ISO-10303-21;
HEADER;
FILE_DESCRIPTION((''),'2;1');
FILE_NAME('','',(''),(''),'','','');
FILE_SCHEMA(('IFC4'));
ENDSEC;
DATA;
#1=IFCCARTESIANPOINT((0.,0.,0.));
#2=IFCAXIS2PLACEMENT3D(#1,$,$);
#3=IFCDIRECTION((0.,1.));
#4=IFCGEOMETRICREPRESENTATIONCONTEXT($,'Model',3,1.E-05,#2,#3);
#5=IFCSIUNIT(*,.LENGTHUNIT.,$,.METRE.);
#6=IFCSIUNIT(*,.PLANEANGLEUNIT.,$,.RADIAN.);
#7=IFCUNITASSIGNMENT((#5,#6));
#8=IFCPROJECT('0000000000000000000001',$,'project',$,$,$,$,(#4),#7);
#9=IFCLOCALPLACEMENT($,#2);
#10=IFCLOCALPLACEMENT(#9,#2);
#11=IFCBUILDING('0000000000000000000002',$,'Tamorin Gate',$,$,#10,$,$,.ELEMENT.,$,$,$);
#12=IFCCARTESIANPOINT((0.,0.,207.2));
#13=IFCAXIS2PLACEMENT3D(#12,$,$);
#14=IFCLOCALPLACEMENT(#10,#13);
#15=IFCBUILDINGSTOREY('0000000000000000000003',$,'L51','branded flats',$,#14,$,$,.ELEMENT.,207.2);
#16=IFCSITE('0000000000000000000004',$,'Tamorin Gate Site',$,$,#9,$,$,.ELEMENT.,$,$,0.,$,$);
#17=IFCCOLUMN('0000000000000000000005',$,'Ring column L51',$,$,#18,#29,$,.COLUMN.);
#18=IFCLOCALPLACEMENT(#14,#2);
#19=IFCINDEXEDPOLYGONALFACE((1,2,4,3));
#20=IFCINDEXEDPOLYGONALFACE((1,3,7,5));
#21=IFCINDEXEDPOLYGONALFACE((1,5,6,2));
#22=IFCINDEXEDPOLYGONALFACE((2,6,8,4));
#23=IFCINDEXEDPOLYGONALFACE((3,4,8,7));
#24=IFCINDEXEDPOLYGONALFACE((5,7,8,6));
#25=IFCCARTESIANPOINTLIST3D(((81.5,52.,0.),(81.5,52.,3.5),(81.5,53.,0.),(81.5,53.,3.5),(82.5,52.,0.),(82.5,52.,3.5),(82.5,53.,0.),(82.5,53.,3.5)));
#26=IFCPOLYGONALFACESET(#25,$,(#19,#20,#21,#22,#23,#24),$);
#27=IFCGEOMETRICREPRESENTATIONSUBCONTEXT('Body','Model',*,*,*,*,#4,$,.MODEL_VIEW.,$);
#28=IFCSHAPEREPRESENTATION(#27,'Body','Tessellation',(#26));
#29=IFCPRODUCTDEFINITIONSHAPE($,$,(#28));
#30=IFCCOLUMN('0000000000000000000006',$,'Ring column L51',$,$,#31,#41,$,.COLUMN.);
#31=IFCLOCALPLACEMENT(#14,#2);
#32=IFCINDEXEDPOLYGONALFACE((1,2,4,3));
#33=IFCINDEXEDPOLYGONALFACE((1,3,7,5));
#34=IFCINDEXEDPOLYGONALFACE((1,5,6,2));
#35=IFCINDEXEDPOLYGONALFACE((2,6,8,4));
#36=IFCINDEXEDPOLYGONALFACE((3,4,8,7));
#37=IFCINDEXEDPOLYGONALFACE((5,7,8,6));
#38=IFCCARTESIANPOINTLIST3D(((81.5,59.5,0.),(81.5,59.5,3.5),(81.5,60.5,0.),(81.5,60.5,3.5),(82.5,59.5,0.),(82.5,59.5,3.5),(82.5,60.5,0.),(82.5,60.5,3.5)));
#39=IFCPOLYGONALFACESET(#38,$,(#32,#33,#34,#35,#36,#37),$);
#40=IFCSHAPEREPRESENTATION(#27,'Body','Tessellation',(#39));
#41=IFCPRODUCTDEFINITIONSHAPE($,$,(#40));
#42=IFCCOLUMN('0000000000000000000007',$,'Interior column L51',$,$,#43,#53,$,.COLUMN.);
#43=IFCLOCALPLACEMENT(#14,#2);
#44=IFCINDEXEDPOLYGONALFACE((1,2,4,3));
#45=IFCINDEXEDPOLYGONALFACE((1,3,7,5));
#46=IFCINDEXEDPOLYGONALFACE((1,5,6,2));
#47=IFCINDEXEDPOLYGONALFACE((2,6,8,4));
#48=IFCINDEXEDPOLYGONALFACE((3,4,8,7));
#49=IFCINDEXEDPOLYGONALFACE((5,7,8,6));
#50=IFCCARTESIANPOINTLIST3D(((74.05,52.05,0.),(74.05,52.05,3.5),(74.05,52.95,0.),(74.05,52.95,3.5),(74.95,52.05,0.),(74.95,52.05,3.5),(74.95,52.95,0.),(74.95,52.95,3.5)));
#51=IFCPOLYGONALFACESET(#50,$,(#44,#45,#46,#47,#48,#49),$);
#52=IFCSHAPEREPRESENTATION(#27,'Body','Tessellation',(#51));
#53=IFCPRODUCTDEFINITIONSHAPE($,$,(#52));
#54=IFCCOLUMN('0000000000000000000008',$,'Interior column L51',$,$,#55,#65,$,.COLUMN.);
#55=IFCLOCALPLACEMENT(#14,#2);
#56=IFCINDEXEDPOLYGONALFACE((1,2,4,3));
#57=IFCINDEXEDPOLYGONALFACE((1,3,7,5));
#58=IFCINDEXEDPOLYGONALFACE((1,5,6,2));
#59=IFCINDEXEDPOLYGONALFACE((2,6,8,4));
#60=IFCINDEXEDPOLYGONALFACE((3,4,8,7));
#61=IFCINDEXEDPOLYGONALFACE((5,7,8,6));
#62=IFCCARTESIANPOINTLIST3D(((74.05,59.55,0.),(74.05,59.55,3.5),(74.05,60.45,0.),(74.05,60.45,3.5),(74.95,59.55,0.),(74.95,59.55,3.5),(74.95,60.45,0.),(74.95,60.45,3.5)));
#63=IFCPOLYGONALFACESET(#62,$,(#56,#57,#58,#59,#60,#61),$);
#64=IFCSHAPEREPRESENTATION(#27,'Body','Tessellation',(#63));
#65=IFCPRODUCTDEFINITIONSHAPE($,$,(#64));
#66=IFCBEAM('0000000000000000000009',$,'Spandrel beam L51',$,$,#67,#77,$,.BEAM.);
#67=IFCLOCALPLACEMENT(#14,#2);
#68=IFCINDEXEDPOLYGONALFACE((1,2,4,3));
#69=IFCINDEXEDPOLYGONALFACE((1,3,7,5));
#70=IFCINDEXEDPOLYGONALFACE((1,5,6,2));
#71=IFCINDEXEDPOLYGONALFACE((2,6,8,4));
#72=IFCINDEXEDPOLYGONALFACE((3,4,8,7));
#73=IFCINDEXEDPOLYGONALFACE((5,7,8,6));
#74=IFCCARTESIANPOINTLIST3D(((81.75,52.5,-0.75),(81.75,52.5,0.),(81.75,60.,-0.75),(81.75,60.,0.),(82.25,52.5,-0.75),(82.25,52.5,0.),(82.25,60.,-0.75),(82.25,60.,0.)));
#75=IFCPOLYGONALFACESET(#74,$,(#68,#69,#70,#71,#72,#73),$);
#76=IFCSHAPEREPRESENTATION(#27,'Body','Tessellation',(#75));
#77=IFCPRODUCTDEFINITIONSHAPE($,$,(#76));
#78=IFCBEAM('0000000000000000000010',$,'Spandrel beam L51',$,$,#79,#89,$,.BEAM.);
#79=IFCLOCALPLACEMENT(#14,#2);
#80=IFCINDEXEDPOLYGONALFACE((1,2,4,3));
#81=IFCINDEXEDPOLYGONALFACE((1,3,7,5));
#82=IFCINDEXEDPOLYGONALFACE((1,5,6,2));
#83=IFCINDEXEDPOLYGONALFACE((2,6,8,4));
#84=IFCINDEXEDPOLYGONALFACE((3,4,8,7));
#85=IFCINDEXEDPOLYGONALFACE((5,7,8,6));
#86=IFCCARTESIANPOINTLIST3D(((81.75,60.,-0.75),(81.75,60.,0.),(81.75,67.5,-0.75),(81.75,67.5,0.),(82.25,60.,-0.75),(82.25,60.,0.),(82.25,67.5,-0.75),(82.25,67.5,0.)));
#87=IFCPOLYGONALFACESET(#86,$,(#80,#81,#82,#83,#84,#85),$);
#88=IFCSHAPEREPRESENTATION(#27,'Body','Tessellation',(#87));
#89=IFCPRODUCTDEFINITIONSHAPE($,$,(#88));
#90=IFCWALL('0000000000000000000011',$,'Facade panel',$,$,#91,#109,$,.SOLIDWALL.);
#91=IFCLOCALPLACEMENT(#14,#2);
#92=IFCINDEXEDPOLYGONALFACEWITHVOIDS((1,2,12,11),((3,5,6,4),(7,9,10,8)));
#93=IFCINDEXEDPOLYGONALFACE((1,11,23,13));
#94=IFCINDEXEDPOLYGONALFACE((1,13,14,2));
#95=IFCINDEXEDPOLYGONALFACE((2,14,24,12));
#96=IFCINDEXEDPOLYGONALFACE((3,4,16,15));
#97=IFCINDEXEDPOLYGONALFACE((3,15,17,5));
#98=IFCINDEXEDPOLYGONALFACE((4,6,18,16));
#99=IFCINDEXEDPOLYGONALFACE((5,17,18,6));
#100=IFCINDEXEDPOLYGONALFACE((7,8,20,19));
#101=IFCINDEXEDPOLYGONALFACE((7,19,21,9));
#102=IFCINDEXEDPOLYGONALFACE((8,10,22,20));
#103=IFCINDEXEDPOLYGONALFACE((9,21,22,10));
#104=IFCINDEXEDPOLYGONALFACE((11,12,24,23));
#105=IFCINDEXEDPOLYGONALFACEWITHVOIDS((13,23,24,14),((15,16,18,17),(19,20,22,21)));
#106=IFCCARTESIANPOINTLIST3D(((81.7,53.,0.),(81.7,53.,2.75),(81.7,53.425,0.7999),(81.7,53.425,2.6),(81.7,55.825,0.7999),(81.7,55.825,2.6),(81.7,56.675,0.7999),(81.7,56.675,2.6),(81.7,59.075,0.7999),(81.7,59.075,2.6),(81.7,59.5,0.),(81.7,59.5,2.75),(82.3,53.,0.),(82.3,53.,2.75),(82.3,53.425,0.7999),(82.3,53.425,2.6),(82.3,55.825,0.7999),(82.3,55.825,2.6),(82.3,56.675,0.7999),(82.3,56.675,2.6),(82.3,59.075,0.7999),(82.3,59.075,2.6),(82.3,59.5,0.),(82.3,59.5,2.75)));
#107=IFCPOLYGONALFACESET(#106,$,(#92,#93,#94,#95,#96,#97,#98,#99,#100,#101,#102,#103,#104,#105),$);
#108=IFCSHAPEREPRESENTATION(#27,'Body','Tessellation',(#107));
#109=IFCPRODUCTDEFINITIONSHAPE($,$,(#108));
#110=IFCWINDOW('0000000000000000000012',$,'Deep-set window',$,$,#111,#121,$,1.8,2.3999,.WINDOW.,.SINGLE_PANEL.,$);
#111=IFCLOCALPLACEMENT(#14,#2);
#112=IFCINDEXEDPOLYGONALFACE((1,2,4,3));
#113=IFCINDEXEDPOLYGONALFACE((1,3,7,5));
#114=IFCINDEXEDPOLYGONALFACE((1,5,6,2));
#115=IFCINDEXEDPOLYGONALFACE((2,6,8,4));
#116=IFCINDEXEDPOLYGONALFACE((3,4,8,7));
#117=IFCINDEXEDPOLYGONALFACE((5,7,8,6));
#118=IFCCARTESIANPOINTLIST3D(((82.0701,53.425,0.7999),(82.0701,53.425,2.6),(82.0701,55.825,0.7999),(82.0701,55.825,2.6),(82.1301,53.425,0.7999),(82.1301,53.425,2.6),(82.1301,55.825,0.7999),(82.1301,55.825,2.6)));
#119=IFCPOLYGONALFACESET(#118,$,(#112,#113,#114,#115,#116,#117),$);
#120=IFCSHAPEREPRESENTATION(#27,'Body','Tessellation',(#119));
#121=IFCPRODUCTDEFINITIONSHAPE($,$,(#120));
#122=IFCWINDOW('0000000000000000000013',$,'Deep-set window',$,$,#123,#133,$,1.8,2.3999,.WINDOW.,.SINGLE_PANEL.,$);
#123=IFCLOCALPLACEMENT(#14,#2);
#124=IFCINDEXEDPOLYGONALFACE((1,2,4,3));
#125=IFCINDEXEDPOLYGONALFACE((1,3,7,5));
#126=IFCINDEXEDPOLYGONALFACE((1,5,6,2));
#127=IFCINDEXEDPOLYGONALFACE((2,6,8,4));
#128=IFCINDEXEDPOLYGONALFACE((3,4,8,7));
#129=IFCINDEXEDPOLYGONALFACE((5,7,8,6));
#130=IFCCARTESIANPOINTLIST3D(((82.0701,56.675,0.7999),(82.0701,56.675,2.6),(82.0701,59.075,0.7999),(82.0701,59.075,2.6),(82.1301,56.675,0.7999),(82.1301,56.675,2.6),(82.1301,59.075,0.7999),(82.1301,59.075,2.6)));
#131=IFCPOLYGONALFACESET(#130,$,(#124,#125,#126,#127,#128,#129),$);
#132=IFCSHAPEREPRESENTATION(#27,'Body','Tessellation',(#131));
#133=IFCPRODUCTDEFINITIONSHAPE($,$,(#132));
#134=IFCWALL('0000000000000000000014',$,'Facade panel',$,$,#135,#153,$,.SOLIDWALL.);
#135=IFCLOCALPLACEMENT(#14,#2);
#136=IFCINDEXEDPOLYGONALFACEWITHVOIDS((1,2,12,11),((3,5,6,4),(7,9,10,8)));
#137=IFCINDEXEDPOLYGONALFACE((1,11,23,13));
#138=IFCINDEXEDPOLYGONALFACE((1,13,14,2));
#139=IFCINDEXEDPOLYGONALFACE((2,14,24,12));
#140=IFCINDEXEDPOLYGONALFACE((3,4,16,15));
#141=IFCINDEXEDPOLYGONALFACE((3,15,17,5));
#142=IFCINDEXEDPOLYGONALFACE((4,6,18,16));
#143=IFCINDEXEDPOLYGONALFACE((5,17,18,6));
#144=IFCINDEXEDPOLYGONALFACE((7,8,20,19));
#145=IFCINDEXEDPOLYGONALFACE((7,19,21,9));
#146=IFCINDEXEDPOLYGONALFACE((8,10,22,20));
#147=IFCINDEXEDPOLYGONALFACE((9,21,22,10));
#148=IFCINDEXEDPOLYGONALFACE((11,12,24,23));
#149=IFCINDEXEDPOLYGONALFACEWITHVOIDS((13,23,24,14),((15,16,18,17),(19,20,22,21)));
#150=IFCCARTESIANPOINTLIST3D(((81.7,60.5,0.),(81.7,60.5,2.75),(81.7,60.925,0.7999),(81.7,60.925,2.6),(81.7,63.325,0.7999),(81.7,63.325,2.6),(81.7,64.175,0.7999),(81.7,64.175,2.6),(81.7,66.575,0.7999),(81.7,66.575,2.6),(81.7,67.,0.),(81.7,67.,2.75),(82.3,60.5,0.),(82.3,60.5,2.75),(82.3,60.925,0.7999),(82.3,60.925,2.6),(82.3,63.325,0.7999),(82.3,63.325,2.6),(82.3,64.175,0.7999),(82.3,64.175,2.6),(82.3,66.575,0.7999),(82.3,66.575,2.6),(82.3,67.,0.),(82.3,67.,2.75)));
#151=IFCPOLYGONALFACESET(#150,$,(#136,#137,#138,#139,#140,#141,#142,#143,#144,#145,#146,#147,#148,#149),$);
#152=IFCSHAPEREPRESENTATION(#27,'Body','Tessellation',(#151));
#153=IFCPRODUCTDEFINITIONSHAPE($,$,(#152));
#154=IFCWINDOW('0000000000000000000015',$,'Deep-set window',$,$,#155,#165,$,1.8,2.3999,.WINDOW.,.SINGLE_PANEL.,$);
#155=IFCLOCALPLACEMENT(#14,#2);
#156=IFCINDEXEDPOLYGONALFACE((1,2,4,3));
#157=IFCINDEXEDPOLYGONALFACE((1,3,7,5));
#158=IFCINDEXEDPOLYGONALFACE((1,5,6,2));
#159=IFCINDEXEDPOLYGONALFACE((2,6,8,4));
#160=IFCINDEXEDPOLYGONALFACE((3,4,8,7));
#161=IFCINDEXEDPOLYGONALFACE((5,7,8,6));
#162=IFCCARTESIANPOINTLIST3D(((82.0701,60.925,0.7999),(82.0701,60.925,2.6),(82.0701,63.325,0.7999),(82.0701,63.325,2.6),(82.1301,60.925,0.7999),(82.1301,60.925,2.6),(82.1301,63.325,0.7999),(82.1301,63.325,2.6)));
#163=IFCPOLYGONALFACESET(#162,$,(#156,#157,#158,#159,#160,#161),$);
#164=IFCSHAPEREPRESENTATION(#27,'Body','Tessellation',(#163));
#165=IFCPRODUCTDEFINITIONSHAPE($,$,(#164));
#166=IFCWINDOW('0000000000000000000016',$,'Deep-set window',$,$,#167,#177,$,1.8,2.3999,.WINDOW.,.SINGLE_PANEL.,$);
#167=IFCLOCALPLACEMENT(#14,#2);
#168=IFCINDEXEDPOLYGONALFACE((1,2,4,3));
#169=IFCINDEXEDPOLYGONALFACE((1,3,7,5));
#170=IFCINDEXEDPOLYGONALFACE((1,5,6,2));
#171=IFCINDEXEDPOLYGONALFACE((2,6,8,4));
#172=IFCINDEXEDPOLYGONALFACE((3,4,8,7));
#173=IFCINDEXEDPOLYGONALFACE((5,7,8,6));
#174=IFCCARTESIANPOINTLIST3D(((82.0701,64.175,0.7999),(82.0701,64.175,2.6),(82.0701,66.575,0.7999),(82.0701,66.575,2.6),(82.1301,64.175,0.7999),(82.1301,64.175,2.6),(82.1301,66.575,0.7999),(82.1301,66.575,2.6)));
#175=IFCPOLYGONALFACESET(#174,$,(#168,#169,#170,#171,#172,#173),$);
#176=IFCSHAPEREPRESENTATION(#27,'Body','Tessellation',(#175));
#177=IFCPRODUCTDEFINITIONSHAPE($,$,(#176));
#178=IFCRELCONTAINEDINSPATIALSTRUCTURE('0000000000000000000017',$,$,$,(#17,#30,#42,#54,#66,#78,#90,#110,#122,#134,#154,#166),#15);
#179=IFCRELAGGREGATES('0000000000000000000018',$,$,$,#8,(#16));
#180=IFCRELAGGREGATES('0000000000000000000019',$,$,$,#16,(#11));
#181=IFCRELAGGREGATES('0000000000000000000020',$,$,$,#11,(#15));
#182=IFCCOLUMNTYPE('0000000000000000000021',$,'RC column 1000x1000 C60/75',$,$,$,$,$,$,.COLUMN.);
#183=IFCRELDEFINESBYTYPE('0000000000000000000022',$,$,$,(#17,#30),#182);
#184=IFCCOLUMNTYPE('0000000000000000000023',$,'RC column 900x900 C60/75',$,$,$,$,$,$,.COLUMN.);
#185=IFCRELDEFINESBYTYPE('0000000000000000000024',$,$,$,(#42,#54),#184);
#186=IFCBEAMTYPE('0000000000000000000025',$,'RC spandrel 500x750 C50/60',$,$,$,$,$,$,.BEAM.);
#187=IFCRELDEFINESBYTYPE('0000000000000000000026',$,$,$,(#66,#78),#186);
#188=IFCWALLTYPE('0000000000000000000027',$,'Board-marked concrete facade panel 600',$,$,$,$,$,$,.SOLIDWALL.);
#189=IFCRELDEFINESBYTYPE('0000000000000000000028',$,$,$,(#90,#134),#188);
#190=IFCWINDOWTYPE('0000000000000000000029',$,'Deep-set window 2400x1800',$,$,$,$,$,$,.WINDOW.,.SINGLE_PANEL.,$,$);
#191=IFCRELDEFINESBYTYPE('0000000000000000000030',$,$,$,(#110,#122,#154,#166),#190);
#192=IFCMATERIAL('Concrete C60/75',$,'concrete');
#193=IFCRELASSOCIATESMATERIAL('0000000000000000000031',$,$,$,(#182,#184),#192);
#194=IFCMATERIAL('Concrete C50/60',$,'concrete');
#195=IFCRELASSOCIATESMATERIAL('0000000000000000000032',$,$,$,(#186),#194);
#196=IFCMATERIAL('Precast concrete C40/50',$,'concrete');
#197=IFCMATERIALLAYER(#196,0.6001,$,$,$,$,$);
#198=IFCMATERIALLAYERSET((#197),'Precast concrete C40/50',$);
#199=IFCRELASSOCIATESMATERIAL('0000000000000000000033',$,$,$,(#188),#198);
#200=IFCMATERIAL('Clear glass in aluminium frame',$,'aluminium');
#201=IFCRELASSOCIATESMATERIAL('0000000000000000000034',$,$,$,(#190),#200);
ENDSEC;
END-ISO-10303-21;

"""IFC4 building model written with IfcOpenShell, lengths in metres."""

from ifc_helpers import new_model, si_unit, direction, frame, frame_2d, origin, origin_2d, place, context, subcontext, project, spatial, rectangle, extrude, material, layer, layer_set, material_profile, profile_set, type_object, element, fill, save


model = new_model("IFC4")

# Units and contexts
model_context = context("Model", 3, precision=1e-05, world=origin(), true_north=direction((0.0, 1.0)))
body_context = subcontext(model_context, "Body", "Model", "MODEL_VIEW")
ifc_project = project(units=[si_unit("LENGTHUNIT", "METRE"), si_unit("PLANEANGLEUNIT", "RADIAN")], contexts=[model_context])

# Site, building, storey
site_placement = place(None, origin())
site = spatial("IfcSite", under=ifc_project, at=site_placement, Name="Tamorin Gate Site", CompositionType="ELEMENT", RefElevation=0.0)
building_placement = place(site_placement, origin())
building = spatial("IfcBuilding", under=site, at=building_placement, Name="Tamorin Gate", CompositionType="ELEMENT")
storey_placement = place(building_placement, frame((0.0, 0.0, 207.2)))
storey = spatial("IfcBuildingStorey", under=building, at=storey_placement, Name="L51", Description="branded flats", CompositionType="ELEMENT", Elevation=207.2)

# Columns
ifc_material_1 = material(Name="Concrete C60/75", Category="concrete")
ifc_material_profile_1 = material_profile(ifc_material_1, rectangle(XDim=1.0, YDim=1.0, at=origin_2d()), Name="RC 1000x1000")
ifc_profile_set_1 = profile_set([ifc_material_profile_1], Name="Concrete C60/75")
column_type_1 = type_object("IfcColumnType", Name="RC column 1000x1000 C60/75", PredefinedType="COLUMN", material=ifc_profile_set_1)
for number, where, z_axis, x_axis, name in (
    (1, (82.0, 52.5, 0.0), (0.0, 0.0, 1.0), (1.0, 0.0, 0.0), "Ring column L51"),
    (2, (82.0, 60.0, 0.0), (0.0, 0.0, 1.0), (1.0, 0.0, 0.0), "Ring column L51"),
):
    element("IfcColumn", number, at=place(storey_placement, frame(where, z_axis=z_axis, x_axis=x_axis)), inside=storey, type_object=column_type_1, Name=name, PredefinedType="COLUMN", context=body_context, shape_type="SweptSolid", body=[
        extrude(rectangle(XDim=1.0, YDim=1.0, at=origin_2d()), origin(), (0.0, 0.0, 1.0), 3.5),
    ])
ifc_material_profile_2 = material_profile(ifc_material_1, rectangle(XDim=0.8999, YDim=0.8999, at=origin_2d()), Name="RC 900x900")
ifc_profile_set_2 = profile_set([ifc_material_profile_2], Name="Concrete C60/75")
column_type_2 = type_object("IfcColumnType", Name="RC column 900x900 C60/75", PredefinedType="COLUMN", material=ifc_profile_set_2)
for number, where, z_axis, x_axis, name in (
    (3, (74.5, 52.5, 0.0), (0.0, 0.0, 1.0), (1.0, 0.0, 0.0), "Interior column L51"),
    (4, (74.5, 60.0, 0.0), (0.0, 0.0, 1.0), (1.0, 0.0, 0.0), "Interior column L51"),
):
    element("IfcColumn", number, at=place(storey_placement, frame(where, z_axis=z_axis, x_axis=x_axis)), inside=storey, type_object=column_type_2, Name=name, PredefinedType="COLUMN", context=body_context, shape_type="SweptSolid", body=[
        extrude(rectangle(XDim=0.8999, YDim=0.8999, at=origin_2d()), origin(), (0.0, 0.0, 1.0), 3.5),
    ])

# Beams
ifc_material_2 = material(Name="Concrete C50/60", Category="concrete")
ifc_material_profile_3 = material_profile(ifc_material_2, rectangle(XDim=0.5, YDim=0.75, at=origin_2d()), Name="RC 500x750")
ifc_profile_set_3 = profile_set([ifc_material_profile_3], Name="Concrete C50/60")
beam_type = type_object("IfcBeamType", Name="RC spandrel 500x750 C50/60", PredefinedType="BEAM", material=ifc_profile_set_3)
for number, where, z_axis, x_axis, name in (
    (5, (82.0, 52.5, -0.375), (0.0, 1.0, 0.0), (-1.0, 0.0, 0.0), "Spandrel beam L51"),
    (6, (82.0, 60.0, -0.375), (0.0, 1.0, 0.0), (-1.0, 0.0, 0.0), "Spandrel beam L51"),
):
    element("IfcBeam", number, at=place(storey_placement, frame(where, z_axis=z_axis, x_axis=x_axis)), inside=storey, type_object=beam_type, Name=name, PredefinedType="BEAM", context=body_context, shape_type="SweptSolid", body=[
        extrude(rectangle(XDim=0.5, YDim=0.75, at=origin_2d()), origin(), (0.0, 0.0, 1.0), 7.5),
    ])

# Walls, openings, windows
ifc_material_3 = material(Name="Precast concrete C40/50", Category="concrete")
ifc_layer_1 = layer(ifc_material_3, 0.6001)
ifc_layer_set_1 = layer_set([ifc_layer_1], Name="Precast concrete C40/50")
wall_type_1 = type_object("IfcWallType", Name="Board-marked concrete facade panel 600", PredefinedType="SOLIDWALL", material=ifc_layer_set_1)
wall_1_placement = place(storey_placement, frame((82.0, 53.0, 0.0), z_axis=(0.0, 0.0, 1.0), x_axis=(0.0, 1.0, 0.0)))
wall_1 = element("IfcWall", 7, at=wall_1_placement, inside=storey, type_object=wall_type_1, Name="Facade panel", PredefinedType="SOLIDWALL", context=body_context, shape_type="SweptSolid", body=[
    extrude(rectangle(XDim=6.5, YDim=0.6001, at=frame_2d((3.25, 0.0))), origin(), (0.0, 0.0, 1.0), 2.75),
])
opening_1_placement = place(wall_1_placement, frame((0.425, 0.0, 0.8)))
opening_1 = element("IfcOpeningElement", 8, at=opening_1_placement, cuts=wall_1, PredefinedType="OPENING", context=body_context, shape_type="SweptSolid", body=[
    extrude(rectangle(XDim=2.3999, YDim=1.8, at=frame_2d((1.2, 0.8999))), frame((0.0, 0.3101, 0.0), z_axis=(0.0, -1.0, 0.0), x_axis=(1.0, 0.0, 0.0)), (0.0, 0.0, 1.0), 0.6201),
])
opening_2_placement = place(wall_1_placement, frame((3.675, 0.0, 0.8)))
opening_2 = element("IfcOpeningElement", 9, at=opening_2_placement, cuts=wall_1, PredefinedType="OPENING", context=body_context, shape_type="SweptSolid", body=[
    extrude(rectangle(XDim=2.3999, YDim=1.8, at=frame_2d((1.2, 0.8999))), frame((0.0, 0.3101, 0.0), z_axis=(0.0, -1.0, 0.0), x_axis=(1.0, 0.0, 0.0)), (0.0, 0.0, 1.0), 0.6201),
])
ifc_material_4 = material(Name="Clear glass in aluminium frame", Category="aluminium")
window_type = type_object("IfcWindowType", Name="Deep-set window 2400x1800", PartitioningType="SINGLE_PANEL", PredefinedType="WINDOW", material=ifc_material_4)
window_1_placement = place(opening_1_placement, origin())
window_1 = element("IfcWindow", 10, at=window_1_placement, inside=storey, type_object=window_type, Name="Deep-set window", OverallHeight=1.8, OverallWidth=2.3999, PartitioningType="SINGLE_PANEL", PredefinedType="WINDOW", context=body_context, shape_type="SweptSolid", body=[
    extrude(rectangle(XDim=2.3999, YDim=1.8, at=frame_2d((1.2, 0.8999))), frame((0.0, -0.0701, 0.0), z_axis=(0.0, -1.0, 0.0), x_axis=(1.0, 0.0, 0.0)), (0.0, 0.0, 1.0), 0.0601),
])
fill(opening_1, window_1)
window_2_placement = place(opening_2_placement, origin())
window_2 = element("IfcWindow", 11, at=window_2_placement, inside=storey, type_object=window_type, Name="Deep-set window", OverallHeight=1.8, OverallWidth=2.3999, PartitioningType="SINGLE_PANEL", PredefinedType="WINDOW", context=body_context, shape_type="SweptSolid", body=[
    extrude(rectangle(XDim=2.3999, YDim=1.8, at=frame_2d((1.2, 0.8999))), frame((0.0, -0.0701, 0.0), z_axis=(0.0, -1.0, 0.0), x_axis=(1.0, 0.0, 0.0)), (0.0, 0.0, 1.0), 0.0601),
])
fill(opening_2, window_2)
wall_2_placement = place(storey_placement, frame((82.0, 60.5, 0.0), z_axis=(0.0, 0.0, 1.0), x_axis=(0.0, 1.0, 0.0)))
wall_2 = element("IfcWall", 12, at=wall_2_placement, inside=storey, type_object=wall_type_1, Name="Facade panel", PredefinedType="SOLIDWALL", context=body_context, shape_type="SweptSolid", body=[
    extrude(rectangle(XDim=6.5, YDim=0.6001, at=frame_2d((3.25, 0.0))), origin(), (0.0, 0.0, 1.0), 2.75),
])
opening_3_placement = place(wall_2_placement, frame((0.425, 0.0, 0.8)))
opening_3 = element("IfcOpeningElement", 13, at=opening_3_placement, cuts=wall_2, PredefinedType="OPENING", context=body_context, shape_type="SweptSolid", body=[
    extrude(rectangle(XDim=2.3999, YDim=1.8, at=frame_2d((1.2, 0.8999))), frame((0.0, 0.3101, 0.0), z_axis=(0.0, -1.0, 0.0), x_axis=(1.0, 0.0, 0.0)), (0.0, 0.0, 1.0), 0.6201),
])
opening_4_placement = place(wall_2_placement, frame((3.675, 0.0, 0.8)))
opening_4 = element("IfcOpeningElement", 14, at=opening_4_placement, cuts=wall_2, PredefinedType="OPENING", context=body_context, shape_type="SweptSolid", body=[
    extrude(rectangle(XDim=2.3999, YDim=1.8, at=frame_2d((1.2, 0.8999))), frame((0.0, 0.3101, 0.0), z_axis=(0.0, -1.0, 0.0), x_axis=(1.0, 0.0, 0.0)), (0.0, 0.0, 1.0), 0.6201),
])
window_3_placement = place(opening_3_placement, origin())
window_3 = element("IfcWindow", 15, at=window_3_placement, inside=storey, type_object=window_type, Name="Deep-set window", OverallHeight=1.8, OverallWidth=2.3999, PartitioningType="SINGLE_PANEL", PredefinedType="WINDOW", context=body_context, shape_type="SweptSolid", body=[
    extrude(rectangle(XDim=2.3999, YDim=1.8, at=frame_2d((1.2, 0.8999))), frame((0.0, -0.0701, 0.0), z_axis=(0.0, -1.0, 0.0), x_axis=(1.0, 0.0, 0.0)), (0.0, 0.0, 1.0), 0.0601),
])
fill(opening_3, window_3)
window_4_placement = place(opening_4_placement, origin())
window_4 = element("IfcWindow", 16, at=window_4_placement, inside=storey, type_object=window_type, Name="Deep-set window", OverallHeight=1.8, OverallWidth=2.3999, PartitioningType="SINGLE_PANEL", PredefinedType="WINDOW", context=body_context, shape_type="SweptSolid", body=[
    extrude(rectangle(XDim=2.3999, YDim=1.8, at=frame_2d((1.2, 0.8999))), frame((0.0, -0.0701, 0.0), z_axis=(0.0, -1.0, 0.0), x_axis=(1.0, 0.0, 0.0)), (0.0, 0.0, 1.0), 0.0601),
])
fill(opening_4, window_4)

save(model, "model.ifc")
